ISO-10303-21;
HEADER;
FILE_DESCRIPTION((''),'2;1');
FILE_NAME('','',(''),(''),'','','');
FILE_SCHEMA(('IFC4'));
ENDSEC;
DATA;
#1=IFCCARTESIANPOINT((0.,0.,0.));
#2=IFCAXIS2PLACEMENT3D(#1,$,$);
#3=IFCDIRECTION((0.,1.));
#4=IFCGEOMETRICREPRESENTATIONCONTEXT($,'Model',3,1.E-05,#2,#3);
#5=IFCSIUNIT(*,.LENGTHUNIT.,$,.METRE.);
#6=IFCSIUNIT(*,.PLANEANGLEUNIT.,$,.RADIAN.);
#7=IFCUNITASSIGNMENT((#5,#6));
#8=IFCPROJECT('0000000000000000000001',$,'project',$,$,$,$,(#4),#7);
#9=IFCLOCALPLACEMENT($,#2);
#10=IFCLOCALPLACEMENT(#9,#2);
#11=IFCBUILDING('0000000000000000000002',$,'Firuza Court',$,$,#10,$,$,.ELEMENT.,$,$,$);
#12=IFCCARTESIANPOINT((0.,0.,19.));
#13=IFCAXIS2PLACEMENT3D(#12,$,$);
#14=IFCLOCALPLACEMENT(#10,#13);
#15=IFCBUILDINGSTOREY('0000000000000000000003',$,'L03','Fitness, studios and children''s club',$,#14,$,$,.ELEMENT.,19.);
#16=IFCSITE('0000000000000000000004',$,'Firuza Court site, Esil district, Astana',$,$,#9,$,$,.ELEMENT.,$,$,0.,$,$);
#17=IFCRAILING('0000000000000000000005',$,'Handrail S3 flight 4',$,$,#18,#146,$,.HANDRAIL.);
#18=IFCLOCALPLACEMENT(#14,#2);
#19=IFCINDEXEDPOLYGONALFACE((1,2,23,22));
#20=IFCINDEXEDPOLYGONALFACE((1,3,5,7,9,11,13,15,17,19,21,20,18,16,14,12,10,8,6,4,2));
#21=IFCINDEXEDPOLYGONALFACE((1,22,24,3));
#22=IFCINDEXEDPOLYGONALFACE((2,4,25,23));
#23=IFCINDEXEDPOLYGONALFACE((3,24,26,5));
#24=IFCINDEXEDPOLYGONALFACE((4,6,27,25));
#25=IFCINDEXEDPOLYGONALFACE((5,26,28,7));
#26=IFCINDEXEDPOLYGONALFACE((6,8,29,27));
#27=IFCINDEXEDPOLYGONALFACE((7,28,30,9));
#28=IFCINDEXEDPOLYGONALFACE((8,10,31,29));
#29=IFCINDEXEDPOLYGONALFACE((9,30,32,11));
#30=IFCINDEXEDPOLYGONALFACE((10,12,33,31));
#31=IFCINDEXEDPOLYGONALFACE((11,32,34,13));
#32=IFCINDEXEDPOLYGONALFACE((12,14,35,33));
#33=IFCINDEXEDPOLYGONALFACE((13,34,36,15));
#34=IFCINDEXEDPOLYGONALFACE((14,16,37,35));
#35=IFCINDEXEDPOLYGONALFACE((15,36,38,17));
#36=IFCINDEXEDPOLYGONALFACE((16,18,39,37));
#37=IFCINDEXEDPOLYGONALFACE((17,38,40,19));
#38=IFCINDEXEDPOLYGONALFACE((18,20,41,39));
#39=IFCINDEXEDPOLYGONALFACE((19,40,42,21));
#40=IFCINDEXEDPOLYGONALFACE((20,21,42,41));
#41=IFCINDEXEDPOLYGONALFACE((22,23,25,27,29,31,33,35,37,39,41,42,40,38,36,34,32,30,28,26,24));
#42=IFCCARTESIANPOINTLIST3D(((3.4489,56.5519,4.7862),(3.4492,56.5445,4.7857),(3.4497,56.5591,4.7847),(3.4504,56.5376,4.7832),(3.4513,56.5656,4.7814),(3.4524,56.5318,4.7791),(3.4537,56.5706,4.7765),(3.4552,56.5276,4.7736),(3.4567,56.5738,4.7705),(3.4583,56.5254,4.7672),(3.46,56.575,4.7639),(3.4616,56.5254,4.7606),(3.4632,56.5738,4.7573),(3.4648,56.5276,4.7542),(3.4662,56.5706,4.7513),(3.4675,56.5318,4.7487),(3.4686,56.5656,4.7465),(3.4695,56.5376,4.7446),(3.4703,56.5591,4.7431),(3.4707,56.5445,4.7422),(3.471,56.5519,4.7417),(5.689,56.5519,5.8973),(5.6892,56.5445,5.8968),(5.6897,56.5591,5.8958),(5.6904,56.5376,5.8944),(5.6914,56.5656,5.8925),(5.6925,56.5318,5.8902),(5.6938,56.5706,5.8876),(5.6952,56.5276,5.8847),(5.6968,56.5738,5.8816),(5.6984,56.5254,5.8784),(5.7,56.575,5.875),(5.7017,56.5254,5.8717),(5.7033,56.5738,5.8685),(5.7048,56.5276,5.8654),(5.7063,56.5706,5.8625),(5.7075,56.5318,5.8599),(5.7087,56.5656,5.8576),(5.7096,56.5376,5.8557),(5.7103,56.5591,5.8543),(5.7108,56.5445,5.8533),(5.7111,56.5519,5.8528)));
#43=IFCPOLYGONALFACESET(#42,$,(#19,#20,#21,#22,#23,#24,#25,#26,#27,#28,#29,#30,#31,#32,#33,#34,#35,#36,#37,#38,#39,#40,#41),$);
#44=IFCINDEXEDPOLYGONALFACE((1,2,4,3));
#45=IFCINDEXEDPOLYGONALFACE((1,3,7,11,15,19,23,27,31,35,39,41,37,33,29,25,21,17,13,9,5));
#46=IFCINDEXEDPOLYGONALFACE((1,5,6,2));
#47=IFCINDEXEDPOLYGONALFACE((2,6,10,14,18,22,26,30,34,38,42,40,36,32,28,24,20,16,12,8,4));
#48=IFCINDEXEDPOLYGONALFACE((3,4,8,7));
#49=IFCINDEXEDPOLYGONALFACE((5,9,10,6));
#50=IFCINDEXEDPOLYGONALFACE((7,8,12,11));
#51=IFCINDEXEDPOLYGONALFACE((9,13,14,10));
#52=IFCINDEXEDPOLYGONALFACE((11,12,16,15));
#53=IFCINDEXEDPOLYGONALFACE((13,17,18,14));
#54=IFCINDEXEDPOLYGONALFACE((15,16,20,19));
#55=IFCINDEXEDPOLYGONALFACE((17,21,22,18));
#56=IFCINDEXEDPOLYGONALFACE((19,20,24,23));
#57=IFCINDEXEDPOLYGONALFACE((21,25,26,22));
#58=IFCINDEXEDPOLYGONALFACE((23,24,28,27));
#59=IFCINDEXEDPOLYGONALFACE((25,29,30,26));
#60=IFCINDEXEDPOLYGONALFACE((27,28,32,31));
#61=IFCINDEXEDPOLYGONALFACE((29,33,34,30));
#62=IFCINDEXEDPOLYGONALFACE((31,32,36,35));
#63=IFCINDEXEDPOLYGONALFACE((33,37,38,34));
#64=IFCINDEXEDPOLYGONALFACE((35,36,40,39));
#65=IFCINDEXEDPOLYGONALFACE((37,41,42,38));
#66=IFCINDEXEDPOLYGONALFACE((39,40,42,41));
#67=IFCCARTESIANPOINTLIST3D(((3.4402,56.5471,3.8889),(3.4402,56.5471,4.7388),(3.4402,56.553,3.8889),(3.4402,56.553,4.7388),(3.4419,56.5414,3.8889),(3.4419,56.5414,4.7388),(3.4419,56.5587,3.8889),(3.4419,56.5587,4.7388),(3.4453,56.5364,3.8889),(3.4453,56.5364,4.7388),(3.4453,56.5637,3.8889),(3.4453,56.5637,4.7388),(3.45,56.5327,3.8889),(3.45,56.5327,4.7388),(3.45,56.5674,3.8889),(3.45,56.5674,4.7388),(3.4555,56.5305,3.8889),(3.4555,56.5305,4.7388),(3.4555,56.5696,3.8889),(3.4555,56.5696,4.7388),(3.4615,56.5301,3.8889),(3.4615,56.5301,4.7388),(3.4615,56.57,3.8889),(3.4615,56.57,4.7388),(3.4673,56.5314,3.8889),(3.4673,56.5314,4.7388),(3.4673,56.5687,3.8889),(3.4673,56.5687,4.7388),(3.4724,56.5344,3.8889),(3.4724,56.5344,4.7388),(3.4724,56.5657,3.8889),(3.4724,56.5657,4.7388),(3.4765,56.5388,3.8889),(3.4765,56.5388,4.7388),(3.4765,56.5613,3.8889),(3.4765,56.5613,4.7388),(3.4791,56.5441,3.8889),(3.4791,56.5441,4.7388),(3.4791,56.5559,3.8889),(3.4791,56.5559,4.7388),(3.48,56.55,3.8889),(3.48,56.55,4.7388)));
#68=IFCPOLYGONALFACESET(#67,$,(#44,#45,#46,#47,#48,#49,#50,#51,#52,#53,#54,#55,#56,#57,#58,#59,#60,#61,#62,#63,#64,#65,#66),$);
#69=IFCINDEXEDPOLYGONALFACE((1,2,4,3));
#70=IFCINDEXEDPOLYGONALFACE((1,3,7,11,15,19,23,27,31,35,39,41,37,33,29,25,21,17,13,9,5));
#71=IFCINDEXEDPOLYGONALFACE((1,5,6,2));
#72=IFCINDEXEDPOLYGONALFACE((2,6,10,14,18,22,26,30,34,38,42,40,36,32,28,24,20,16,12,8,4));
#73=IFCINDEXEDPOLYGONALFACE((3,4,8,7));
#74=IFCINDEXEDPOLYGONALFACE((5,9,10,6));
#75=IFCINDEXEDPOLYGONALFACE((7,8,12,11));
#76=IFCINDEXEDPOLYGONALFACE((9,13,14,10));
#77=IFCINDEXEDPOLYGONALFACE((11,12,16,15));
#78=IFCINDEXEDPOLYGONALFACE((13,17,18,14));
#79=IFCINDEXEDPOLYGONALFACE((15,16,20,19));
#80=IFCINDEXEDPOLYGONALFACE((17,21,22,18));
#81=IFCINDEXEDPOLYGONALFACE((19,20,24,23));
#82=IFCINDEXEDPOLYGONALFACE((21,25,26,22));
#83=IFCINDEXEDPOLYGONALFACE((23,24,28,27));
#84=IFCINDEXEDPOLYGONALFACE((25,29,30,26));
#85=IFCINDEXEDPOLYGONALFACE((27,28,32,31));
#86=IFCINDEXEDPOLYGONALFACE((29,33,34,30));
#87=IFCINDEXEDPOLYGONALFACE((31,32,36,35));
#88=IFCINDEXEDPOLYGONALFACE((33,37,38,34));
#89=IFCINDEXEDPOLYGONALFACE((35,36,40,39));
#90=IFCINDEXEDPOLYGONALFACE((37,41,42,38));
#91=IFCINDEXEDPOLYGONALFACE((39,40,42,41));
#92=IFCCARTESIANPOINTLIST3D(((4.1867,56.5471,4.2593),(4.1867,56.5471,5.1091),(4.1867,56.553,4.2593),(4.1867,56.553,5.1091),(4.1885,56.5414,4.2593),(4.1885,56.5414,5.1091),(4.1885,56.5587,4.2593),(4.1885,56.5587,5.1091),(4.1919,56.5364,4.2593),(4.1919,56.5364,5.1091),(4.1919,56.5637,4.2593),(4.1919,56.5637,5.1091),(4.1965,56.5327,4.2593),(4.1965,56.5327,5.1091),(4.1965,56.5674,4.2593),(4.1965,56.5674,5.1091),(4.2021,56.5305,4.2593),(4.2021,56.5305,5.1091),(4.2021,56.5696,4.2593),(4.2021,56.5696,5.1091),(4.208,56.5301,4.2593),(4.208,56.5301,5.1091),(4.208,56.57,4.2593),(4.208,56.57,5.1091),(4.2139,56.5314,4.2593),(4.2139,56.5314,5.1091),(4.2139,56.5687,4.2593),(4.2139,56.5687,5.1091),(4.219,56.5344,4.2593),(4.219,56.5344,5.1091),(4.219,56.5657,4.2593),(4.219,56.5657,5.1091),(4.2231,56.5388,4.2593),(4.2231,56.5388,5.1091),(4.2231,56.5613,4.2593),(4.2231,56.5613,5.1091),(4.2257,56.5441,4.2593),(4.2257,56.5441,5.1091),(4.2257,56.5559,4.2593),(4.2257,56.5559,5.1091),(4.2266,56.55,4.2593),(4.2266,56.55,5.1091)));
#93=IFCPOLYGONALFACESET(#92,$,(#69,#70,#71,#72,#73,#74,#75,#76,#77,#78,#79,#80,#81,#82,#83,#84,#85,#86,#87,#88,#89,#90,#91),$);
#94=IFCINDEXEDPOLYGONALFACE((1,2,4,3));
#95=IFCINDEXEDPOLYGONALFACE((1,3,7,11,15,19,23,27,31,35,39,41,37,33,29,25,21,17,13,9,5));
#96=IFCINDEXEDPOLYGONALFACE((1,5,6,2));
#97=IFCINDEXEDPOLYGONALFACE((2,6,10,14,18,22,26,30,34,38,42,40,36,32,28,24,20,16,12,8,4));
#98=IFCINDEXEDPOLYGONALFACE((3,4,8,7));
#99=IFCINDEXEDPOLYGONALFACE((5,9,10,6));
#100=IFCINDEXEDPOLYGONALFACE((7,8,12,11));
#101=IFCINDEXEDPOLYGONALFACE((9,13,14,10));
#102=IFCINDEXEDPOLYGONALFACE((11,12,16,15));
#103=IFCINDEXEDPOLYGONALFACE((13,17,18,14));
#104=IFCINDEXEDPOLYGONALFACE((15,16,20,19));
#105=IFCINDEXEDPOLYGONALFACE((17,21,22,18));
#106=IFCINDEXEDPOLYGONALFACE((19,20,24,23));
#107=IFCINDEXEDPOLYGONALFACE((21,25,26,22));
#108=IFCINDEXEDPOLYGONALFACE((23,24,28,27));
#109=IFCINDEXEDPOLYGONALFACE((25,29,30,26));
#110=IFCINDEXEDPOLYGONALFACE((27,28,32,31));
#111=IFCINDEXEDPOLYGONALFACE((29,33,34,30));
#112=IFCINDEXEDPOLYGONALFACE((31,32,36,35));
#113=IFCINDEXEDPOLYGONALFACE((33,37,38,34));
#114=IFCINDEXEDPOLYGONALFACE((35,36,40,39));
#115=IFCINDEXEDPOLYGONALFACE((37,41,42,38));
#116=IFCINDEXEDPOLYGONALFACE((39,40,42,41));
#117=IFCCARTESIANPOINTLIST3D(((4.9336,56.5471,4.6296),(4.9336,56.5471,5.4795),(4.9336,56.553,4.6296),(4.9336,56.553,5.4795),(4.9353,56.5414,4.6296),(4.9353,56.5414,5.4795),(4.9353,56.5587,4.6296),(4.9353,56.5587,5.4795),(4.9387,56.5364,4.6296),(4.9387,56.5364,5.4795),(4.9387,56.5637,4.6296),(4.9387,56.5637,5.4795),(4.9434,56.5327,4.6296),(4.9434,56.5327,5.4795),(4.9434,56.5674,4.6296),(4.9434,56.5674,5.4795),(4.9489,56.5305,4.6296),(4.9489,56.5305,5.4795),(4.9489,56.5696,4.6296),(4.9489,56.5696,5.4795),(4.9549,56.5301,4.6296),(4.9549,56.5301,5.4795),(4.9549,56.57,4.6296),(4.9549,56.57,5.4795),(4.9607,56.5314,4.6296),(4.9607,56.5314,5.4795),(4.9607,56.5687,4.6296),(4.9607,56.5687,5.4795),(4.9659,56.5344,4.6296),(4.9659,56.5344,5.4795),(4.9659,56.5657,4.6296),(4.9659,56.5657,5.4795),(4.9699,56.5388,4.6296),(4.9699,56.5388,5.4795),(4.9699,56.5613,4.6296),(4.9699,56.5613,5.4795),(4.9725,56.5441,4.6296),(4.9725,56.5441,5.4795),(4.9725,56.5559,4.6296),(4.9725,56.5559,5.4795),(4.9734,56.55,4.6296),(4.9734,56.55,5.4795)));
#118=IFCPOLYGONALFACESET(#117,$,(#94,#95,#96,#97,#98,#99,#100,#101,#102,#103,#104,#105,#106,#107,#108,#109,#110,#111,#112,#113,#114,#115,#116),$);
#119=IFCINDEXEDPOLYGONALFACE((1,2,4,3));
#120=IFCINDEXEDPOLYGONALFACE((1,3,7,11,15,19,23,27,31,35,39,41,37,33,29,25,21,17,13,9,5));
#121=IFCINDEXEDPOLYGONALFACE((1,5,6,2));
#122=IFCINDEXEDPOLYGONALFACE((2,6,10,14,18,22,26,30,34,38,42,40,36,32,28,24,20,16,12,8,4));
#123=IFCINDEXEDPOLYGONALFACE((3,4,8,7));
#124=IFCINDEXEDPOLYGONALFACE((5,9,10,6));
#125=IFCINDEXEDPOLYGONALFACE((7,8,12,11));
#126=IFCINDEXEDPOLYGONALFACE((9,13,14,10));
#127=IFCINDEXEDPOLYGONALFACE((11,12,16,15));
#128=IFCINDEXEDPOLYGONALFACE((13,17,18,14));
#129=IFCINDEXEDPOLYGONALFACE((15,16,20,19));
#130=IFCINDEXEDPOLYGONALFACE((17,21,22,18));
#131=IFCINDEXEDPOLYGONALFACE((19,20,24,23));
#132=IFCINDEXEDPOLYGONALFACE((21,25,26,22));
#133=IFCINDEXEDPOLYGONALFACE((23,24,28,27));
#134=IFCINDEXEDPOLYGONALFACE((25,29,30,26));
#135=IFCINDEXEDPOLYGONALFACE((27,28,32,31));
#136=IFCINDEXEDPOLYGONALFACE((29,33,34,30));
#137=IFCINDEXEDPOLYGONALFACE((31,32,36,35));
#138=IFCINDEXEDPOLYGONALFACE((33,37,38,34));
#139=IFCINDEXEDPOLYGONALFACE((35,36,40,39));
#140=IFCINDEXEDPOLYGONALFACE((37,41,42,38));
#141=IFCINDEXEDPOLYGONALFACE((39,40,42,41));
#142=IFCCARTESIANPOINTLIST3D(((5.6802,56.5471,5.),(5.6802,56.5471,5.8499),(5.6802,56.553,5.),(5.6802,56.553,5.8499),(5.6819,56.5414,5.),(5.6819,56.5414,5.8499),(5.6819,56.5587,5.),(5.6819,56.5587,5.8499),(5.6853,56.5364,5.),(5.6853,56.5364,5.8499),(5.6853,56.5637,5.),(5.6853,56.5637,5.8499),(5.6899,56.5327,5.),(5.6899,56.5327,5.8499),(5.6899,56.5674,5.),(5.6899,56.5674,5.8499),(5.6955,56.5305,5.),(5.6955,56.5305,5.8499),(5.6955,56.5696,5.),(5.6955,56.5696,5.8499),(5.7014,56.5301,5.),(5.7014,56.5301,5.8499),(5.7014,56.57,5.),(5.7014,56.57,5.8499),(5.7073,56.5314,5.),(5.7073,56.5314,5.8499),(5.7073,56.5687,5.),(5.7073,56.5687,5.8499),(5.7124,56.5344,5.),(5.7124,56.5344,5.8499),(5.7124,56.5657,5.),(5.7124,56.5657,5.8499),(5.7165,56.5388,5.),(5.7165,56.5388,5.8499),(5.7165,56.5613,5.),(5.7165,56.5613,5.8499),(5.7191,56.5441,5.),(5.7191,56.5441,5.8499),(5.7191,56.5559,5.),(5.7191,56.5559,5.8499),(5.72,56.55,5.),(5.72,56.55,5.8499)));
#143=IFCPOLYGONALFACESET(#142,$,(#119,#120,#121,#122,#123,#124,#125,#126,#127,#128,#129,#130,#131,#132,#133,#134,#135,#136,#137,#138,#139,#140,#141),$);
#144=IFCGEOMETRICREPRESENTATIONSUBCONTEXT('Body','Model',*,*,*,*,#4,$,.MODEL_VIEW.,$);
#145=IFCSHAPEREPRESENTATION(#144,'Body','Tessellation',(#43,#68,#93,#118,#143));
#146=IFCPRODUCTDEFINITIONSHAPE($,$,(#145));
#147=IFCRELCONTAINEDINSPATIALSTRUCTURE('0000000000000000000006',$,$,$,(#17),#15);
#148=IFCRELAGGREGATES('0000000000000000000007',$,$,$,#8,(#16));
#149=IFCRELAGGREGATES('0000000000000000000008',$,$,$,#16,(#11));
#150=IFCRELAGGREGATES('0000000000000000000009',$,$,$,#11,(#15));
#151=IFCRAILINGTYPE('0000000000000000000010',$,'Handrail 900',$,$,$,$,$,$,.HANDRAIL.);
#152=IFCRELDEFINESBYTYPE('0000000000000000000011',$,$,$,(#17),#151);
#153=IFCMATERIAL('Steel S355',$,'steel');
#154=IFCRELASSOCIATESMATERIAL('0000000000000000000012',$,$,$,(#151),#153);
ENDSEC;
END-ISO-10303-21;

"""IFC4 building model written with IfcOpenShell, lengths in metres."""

from ifc_helpers import new_model, si_unit, direction, frame, origin, origin_2d, place, context, subcontext, project, spatial, circle, extrude, material, type_object, element, save


model = new_model("IFC4")

# Units and contexts
model_context = context("Model", 3, precision=1e-05, world=origin(), true_north=direction((0.0, 1.0)))
body_context = subcontext(model_context, "Body", "Model", "MODEL_VIEW")
ifc_project = project(units=[si_unit("LENGTHUNIT", "METRE"), si_unit("PLANEANGLEUNIT", "RADIAN")], contexts=[model_context])

# Site, building, storey
site_placement = place(None, origin())
site = spatial("IfcSite", under=ifc_project, at=site_placement, Name="Firuza Court site, Esil district, Astana", CompositionType="ELEMENT", RefElevation=0.0)
building_placement = place(site_placement, origin())
building = spatial("IfcBuilding", under=site, at=building_placement, Name="Firuza Court", CompositionType="ELEMENT")
storey_placement = place(building_placement, frame((0.0, 0.0, 19.0)))
storey = spatial("IfcBuildingStorey", under=building, at=storey_placement, Name="L03", Description="Fitness, studios and children's club", CompositionType="ELEMENT", Elevation=19.0)

# Railing
ifc_material_1 = material(Name="Steel S355", Category="steel")
railing_type_1 = type_object("IfcRailingType", Name="Handrail 900", PredefinedType="HANDRAIL", material=ifc_material_1)
railing_1_placement = place(storey_placement, frame((3.46, 56.55, 3.8889)))
element("IfcRailing", 1, at=railing_1_placement, inside=storey, type_object=railing_type_1, Name="Handrail S3 flight 4", PredefinedType="HANDRAIL", context=body_context, shape_type="SweptSolid", body=[
    extrude(circle(Radius=0.0249, at=origin_2d()), frame((0.0, 0.0, 0.875), z_axis=(0.895848, 0.0, 0.44436), x_axis=(0.0, 1.0, 0.0)), (0.0, 0.0, 1.0), 2.5005),
    extrude(circle(Radius=0.02, at=origin_2d()), origin(), (0.0, 0.0, 1.0), 0.8499),
    extrude(circle(Radius=0.02, at=origin_2d()), frame((0.7466, 0.0, 0.3704)), (0.0, 0.0, 1.0), 0.8499),
    extrude(circle(Radius=0.02, at=origin_2d()), frame((1.4934, 0.0, 0.7407)), (0.0, 0.0, 1.0), 0.8499),
    extrude(circle(Radius=0.02, at=origin_2d()), frame((2.24, 0.0, 1.1111)), (0.0, 0.0, 1.0), 0.8499),
])

save(model, "model.ifc")
